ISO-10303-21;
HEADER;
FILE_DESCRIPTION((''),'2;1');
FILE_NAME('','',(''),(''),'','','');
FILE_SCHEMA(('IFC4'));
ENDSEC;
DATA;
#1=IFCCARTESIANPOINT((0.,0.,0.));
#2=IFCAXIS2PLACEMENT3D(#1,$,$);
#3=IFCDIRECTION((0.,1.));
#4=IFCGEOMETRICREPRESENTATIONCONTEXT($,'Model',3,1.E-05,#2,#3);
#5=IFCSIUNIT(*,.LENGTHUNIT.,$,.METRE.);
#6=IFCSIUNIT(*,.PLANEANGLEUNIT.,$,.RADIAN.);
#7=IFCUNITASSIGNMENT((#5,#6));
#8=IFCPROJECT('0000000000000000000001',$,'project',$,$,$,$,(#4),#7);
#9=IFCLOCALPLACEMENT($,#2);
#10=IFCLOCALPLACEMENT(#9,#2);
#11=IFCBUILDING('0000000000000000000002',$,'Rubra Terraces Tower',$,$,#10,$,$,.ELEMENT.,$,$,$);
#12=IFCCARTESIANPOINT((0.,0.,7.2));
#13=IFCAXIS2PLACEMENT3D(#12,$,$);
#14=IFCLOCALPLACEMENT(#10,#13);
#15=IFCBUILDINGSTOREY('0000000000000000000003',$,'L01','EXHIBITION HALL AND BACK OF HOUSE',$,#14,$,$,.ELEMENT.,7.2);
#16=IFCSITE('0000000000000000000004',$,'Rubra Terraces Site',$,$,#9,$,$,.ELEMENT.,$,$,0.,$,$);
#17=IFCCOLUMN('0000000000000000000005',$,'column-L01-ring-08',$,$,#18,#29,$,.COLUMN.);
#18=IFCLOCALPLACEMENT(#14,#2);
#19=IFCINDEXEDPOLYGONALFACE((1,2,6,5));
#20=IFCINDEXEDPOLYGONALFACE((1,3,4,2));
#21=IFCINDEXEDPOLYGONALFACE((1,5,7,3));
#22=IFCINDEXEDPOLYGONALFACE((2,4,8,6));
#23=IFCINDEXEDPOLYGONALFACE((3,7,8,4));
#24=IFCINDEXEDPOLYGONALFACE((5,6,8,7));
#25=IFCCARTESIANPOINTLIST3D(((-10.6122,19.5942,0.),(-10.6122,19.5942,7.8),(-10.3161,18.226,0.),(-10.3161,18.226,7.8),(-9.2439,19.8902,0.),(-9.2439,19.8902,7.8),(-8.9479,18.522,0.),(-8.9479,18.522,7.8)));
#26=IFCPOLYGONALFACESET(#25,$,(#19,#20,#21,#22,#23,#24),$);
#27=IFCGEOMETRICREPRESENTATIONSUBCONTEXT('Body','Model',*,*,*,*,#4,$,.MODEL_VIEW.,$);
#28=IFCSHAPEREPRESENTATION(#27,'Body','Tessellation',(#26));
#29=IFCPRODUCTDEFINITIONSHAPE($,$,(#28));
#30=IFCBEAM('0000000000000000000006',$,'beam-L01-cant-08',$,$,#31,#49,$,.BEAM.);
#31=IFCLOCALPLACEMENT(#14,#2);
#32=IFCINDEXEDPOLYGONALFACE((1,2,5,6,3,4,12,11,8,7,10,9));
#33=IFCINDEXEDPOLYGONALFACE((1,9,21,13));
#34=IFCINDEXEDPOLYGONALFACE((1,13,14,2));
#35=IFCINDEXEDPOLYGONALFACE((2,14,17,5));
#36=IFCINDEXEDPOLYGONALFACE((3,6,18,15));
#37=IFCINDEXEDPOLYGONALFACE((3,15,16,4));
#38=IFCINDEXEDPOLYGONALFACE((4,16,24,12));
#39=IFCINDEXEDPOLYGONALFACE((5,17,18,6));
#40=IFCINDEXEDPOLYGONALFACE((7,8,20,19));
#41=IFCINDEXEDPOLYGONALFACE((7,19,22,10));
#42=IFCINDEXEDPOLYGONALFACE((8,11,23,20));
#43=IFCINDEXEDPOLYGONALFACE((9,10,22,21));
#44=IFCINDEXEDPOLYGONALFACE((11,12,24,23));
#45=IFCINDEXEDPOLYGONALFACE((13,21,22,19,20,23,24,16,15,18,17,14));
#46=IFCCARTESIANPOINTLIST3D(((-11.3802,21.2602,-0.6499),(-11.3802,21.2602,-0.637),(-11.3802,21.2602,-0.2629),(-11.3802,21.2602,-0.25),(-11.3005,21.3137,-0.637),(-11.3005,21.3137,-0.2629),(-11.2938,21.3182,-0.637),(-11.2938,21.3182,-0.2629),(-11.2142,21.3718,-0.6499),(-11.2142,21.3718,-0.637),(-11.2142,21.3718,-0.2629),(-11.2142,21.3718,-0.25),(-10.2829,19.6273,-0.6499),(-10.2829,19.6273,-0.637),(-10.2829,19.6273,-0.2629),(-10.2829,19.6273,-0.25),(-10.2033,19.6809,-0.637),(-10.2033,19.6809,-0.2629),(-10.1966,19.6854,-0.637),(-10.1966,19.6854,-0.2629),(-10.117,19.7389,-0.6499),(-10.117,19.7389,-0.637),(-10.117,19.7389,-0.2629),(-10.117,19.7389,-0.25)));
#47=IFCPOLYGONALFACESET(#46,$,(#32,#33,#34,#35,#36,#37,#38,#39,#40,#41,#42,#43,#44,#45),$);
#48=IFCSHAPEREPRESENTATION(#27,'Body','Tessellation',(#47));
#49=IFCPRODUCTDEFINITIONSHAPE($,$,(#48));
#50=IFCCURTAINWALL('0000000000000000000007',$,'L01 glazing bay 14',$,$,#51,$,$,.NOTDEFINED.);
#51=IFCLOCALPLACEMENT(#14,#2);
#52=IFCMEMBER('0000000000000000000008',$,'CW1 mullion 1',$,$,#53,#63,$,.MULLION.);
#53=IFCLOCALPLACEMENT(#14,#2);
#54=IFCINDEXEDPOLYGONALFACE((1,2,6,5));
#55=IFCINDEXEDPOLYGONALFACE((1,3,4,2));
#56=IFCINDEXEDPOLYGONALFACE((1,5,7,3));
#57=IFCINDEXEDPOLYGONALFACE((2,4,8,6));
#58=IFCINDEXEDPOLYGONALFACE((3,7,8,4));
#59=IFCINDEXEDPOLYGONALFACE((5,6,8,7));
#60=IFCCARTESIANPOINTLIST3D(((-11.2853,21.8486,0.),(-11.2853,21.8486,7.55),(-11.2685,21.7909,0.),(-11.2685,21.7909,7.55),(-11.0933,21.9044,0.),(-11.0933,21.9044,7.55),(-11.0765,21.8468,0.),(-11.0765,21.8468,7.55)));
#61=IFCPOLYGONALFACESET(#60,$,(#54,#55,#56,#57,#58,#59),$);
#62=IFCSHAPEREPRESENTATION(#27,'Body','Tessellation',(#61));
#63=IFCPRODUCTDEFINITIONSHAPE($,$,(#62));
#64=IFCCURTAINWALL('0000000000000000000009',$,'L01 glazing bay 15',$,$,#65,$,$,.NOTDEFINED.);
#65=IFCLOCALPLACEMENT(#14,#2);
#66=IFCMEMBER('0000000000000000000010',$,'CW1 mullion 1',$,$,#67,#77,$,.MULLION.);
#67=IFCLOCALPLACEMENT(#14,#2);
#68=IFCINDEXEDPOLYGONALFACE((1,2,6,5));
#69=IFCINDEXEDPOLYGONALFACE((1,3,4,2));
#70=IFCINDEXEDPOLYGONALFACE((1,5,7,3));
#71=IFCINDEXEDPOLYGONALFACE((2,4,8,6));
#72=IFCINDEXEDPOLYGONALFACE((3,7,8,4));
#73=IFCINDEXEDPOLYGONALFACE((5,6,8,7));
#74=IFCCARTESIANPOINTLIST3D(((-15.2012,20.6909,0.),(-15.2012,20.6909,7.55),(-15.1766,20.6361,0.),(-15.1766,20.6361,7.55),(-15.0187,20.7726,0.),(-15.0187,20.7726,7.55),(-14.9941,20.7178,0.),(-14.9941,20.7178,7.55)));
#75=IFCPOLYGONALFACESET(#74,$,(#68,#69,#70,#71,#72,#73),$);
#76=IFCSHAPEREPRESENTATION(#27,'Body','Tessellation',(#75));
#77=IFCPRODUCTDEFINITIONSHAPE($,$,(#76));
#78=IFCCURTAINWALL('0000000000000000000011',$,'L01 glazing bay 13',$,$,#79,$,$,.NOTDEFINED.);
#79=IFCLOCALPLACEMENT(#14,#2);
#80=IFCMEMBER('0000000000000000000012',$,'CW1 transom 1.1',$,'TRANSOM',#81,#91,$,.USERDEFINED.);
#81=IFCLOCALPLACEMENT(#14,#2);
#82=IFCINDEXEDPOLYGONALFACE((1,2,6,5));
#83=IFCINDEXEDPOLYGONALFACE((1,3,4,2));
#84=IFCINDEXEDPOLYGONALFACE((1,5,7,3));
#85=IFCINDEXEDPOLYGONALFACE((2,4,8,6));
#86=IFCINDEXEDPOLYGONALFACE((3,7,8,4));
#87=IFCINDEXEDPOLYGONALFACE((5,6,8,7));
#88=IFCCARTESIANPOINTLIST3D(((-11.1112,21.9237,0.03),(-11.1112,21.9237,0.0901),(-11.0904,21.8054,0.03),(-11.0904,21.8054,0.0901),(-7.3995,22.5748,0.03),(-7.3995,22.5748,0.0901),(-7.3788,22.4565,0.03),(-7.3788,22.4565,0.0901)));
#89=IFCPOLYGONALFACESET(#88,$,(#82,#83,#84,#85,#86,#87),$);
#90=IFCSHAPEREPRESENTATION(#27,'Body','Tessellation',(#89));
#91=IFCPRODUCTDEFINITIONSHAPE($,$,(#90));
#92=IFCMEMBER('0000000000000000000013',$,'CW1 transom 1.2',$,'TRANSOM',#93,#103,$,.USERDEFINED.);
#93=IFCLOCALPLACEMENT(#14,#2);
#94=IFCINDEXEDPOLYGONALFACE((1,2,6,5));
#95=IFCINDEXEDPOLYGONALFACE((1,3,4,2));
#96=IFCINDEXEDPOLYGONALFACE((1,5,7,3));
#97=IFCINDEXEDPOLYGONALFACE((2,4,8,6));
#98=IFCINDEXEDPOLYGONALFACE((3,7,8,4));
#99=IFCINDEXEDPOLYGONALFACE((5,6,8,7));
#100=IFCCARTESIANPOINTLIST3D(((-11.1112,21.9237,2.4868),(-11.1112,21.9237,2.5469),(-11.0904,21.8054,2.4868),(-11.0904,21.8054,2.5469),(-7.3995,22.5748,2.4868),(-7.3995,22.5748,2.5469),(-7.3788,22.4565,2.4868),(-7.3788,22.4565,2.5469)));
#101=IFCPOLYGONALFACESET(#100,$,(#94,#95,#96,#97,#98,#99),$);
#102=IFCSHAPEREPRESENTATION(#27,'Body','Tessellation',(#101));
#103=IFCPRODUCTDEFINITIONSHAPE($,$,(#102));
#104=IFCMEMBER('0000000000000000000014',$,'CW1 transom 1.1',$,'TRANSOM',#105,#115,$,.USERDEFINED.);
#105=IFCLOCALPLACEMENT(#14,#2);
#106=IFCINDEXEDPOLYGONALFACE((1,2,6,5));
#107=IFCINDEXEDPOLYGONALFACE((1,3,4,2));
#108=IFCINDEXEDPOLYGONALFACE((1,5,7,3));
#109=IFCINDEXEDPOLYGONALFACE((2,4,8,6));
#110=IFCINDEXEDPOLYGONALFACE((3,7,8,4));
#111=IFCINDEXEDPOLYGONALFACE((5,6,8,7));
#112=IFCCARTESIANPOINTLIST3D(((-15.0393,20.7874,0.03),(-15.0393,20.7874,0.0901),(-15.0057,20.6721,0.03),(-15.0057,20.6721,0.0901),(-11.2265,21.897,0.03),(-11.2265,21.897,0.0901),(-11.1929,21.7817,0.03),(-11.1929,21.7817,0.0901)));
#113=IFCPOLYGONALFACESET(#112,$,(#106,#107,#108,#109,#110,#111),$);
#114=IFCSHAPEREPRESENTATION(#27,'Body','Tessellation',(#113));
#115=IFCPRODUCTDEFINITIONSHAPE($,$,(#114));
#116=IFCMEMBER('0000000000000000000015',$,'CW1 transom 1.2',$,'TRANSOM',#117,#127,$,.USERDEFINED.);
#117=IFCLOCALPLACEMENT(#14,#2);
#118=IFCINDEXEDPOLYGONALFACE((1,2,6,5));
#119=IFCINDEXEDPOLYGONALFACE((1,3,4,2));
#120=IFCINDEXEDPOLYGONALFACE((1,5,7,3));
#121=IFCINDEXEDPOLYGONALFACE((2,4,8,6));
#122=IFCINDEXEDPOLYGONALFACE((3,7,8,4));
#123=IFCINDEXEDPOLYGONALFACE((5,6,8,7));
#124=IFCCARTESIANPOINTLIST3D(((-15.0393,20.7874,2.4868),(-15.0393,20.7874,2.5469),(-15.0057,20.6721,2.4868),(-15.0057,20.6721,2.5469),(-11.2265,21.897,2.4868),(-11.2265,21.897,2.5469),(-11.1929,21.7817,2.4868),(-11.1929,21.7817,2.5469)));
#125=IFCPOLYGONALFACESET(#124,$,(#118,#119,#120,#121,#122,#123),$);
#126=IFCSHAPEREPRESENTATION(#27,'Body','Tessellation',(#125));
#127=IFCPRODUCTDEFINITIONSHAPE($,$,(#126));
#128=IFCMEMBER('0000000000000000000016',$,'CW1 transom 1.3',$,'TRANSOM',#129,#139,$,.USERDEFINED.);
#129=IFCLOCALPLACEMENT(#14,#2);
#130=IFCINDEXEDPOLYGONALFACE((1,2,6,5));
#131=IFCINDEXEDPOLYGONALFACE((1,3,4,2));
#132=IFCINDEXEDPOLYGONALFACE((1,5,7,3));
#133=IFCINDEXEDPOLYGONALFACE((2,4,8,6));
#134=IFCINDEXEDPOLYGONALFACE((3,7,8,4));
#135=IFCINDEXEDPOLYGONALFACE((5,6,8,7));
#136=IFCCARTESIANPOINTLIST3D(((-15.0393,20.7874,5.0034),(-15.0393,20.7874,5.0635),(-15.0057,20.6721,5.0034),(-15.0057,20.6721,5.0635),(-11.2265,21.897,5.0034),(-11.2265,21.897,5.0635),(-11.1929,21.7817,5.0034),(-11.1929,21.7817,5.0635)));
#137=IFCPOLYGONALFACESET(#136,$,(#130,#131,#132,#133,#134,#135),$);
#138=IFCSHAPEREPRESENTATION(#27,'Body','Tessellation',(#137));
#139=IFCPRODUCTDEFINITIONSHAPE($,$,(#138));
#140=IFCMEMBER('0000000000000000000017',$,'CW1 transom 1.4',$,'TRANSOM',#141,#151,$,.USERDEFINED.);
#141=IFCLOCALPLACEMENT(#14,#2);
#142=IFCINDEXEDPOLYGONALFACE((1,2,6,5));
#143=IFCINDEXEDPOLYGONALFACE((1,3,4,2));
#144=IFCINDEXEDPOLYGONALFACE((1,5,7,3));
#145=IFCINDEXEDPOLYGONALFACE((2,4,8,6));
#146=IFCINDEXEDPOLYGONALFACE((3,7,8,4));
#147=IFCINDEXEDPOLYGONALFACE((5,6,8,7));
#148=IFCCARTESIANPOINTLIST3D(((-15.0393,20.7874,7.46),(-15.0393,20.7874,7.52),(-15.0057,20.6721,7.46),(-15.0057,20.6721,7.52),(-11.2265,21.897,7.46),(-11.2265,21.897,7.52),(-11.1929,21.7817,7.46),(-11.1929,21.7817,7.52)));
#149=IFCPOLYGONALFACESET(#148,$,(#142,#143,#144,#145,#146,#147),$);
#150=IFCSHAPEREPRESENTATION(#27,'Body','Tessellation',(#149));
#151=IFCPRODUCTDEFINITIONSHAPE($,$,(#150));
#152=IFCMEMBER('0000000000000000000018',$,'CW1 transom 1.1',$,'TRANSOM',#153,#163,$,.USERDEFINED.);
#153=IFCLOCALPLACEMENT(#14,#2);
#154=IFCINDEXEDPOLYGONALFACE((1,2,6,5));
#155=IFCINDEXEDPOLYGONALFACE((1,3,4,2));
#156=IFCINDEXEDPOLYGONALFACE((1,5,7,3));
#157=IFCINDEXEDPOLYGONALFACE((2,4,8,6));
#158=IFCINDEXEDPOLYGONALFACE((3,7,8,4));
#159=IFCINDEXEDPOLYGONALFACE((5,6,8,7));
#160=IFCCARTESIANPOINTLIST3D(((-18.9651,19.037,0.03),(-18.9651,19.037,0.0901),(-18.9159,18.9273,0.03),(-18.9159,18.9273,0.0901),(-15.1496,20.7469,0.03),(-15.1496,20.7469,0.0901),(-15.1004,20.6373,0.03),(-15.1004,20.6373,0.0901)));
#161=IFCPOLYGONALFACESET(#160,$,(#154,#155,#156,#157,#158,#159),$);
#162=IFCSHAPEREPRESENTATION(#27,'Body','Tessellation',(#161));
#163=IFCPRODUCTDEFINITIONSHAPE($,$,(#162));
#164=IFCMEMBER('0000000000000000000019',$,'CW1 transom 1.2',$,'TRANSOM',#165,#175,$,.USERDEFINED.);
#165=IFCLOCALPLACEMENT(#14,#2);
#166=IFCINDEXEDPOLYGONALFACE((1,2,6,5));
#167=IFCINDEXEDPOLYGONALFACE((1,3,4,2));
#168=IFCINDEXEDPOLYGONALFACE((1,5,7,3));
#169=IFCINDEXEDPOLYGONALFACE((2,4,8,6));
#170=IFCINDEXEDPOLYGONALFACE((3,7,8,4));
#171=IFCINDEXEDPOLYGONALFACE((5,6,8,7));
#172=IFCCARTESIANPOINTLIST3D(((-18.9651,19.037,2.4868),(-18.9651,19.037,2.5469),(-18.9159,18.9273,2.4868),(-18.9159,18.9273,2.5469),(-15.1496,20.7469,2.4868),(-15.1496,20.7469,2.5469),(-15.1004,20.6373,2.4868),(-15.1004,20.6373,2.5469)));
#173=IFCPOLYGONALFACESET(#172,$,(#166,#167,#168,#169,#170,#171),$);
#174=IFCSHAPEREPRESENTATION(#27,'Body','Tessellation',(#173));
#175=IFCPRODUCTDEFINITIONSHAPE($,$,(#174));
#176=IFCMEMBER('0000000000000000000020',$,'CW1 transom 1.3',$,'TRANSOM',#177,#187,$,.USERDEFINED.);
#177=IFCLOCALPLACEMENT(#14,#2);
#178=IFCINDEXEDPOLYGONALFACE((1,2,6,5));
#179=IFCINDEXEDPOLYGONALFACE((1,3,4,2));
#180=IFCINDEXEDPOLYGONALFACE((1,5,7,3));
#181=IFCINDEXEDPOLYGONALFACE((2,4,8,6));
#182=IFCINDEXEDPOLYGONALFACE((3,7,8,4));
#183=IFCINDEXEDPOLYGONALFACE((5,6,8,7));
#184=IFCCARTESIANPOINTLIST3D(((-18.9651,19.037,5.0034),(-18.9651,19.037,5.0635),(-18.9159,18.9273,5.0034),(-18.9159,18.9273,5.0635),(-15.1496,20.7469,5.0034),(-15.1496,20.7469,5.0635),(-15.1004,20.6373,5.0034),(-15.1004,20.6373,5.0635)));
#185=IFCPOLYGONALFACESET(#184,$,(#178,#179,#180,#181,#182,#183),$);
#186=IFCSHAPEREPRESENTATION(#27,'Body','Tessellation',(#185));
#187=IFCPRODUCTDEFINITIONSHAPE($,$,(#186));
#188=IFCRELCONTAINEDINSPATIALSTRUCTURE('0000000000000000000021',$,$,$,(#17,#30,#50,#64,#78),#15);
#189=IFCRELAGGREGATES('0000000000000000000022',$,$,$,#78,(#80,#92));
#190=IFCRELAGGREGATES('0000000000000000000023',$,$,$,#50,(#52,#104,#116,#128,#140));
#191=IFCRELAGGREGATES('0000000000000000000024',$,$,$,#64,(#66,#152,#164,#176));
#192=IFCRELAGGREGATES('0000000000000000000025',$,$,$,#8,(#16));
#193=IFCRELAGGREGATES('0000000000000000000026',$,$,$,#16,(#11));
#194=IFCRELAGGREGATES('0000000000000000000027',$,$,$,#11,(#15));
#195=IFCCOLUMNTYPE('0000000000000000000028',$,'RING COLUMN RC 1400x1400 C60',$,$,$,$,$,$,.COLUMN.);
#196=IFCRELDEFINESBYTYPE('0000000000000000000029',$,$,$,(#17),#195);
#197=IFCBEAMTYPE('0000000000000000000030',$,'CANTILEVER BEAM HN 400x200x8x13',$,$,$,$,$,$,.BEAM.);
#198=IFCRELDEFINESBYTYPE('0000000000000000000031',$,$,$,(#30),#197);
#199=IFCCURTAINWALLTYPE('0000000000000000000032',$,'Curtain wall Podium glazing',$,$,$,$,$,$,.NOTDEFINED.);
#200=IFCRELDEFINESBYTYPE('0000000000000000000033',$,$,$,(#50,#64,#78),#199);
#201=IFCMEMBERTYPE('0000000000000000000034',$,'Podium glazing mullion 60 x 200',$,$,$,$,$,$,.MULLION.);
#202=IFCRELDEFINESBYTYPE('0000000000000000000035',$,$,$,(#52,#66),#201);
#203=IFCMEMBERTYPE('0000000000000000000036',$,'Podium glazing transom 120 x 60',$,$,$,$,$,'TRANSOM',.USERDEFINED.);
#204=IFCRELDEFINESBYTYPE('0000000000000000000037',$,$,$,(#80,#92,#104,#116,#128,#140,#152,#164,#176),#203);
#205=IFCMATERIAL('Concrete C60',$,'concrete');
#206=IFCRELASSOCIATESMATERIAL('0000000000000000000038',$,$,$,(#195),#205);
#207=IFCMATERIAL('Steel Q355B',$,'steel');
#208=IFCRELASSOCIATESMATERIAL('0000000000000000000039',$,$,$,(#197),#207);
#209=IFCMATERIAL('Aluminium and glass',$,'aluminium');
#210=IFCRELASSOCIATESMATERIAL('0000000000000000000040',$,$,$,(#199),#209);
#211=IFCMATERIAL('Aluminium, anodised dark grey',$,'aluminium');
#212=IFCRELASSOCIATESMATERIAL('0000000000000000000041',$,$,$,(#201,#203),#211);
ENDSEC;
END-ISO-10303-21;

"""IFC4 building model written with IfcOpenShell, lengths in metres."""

from ifc_helpers import new_model, si_unit, direction, frame, origin, origin_2d, place, context, subcontext, project, spatial, rectangle, i_section, extrude, material, material_profile, profile_set, type_object, element, aggregate, save


model = new_model("IFC4")

# Units and contexts
model_context = context("Model", 3, precision=1e-05, world=origin(), true_north=direction((0.0, 1.0)))
body_context = subcontext(model_context, "Body", "Model", "MODEL_VIEW")
ifc_project = project(units=[si_unit("LENGTHUNIT", "METRE"), si_unit("PLANEANGLEUNIT", "RADIAN")], contexts=[model_context])

# Site, building, storey
site_placement = place(None, origin())
site = spatial("IfcSite", under=ifc_project, at=site_placement, Name="Rubra Terraces Site", CompositionType="ELEMENT", RefElevation=0.0)
building_placement = place(site_placement, origin())
building = spatial("IfcBuilding", under=site, at=building_placement, Name="Rubra Terraces Tower", CompositionType="ELEMENT")
storey_placement = place(building_placement, frame((0.0, 0.0, 7.2)))
storey = spatial("IfcBuildingStorey", under=building, at=storey_placement, Name="L01", Description="EXHIBITION HALL AND BACK OF HOUSE", CompositionType="ELEMENT", Elevation=7.2)

# Column
ifc_material_1 = material(Name="Concrete C60", Category="concrete")
ifc_material_profile_1 = material_profile(ifc_material_1, rectangle(XDim=1.3999, YDim=1.3999, at=origin_2d()), Name="RC 1400x1400")
ifc_profile_set_1 = profile_set([ifc_material_profile_1], Name="Concrete C60")
column_type = type_object("IfcColumnType", Name="RING COLUMN RC 1400x1400 C60", PredefinedType="COLUMN", material=ifc_profile_set_1)
column_placement = place(storey_placement, frame((-9.78, 19.0581, 0.0), z_axis=(0.0, 0.0, 1.0), x_axis=(-0.977386, -0.211462, 0.0)))
element("IfcColumn", 1, at=column_placement, inside=storey, type_object=column_type, Name="column-L01-ring-08", PredefinedType="COLUMN", context=body_context, shape_type="SweptSolid", body=[
    extrude(rectangle(XDim=1.3999, YDim=1.3999, at=origin_2d()), origin(), (0.0, 0.0, 1.0), 7.8),
])

# Beam
ifc_material_2 = material(Name="Steel Q355B", Category="steel")
ifc_material_profile_2 = material_profile(ifc_material_2, i_section(OverallWidth=0.2, OverallDepth=0.3999, WebThickness=0.0081, FlangeThickness=0.0129, at=origin_2d()), Name="HN 400x200x8x13")
ifc_profile_set_2 = profile_set([ifc_material_profile_2], Name="Steel Q355B")
beam_type = type_object("IfcBeamType", Name="CANTILEVER BEAM HN 400x200x8x13", PredefinedType="BEAM", material=ifc_profile_set_2)
beam_placement = place(storey_placement, frame((-10.2, 19.6831, -0.45), z_axis=(-0.557732, 0.830021, 0.0), x_axis=(-0.830021, -0.557732, 0.0)))
element("IfcBeam", 2, at=beam_placement, inside=storey, type_object=beam_type, Name="beam-L01-cant-08", PredefinedType="BEAM", context=body_context, shape_type="SweptSolid", body=[
    extrude(i_section(OverallWidth=0.2, OverallDepth=0.3999, WebThickness=0.0081, FlangeThickness=0.0129, at=origin_2d()), origin(), (0.0, 0.0, 1.0), 1.9673),
])

# Curtain walls, members
ifc_material_3 = material(Name="Aluminium and glass", Category="aluminium")
curtain_wall_type = type_object("IfcCurtainWallType", Name="Curtain wall Podium glazing", PredefinedType="NOTDEFINED", material=ifc_material_3)
curtain_wall_1_placement = place(storey_placement, origin())
curtain_wall_1 = element("IfcCurtainWall", 3, at=curtain_wall_1_placement, inside=storey, type_object=curtain_wall_type, Name="L01 glazing bay 14", PredefinedType="NOTDEFINED")
ifc_material_4 = material(Name="Aluminium, anodised dark grey", Category="aluminium")
ifc_material_profile_3 = material_profile(ifc_material_4, rectangle(XDim=0.0601, YDim=0.2, at=origin_2d()), Name="AL 60x200")
ifc_profile_set_3 = profile_set([ifc_material_profile_3], Name="Aluminium, anodised dark grey")
member_type_1 = type_object("IfcMemberType", Name="Podium glazing mullion 60 x 200", PredefinedType="MULLION", material=ifc_profile_set_3)
member_1_placement = place(storey_placement, frame((-11.1809, 21.8477, 0.0), z_axis=(0.0, 0.0, 1.0), x_axis=(0.279399, -0.960175, 0.0)))
member_1 = element("IfcMember", 4, at=member_1_placement, type_object=member_type_1, Name="CW1 mullion 1", PredefinedType="MULLION", context=body_context, shape_type="SweptSolid", body=[
    extrude(rectangle(XDim=0.0601, YDim=0.2, at=origin_2d()), origin(), (0.0, 0.0, 1.0), 7.55),
])
curtain_wall_2_placement = place(storey_placement, origin())
curtain_wall_2 = element("IfcCurtainWall", 5, at=curtain_wall_2_placement, inside=storey, type_object=curtain_wall_type, Name="L01 glazing bay 15", PredefinedType="NOTDEFINED")
member_2_placement = place(storey_placement, frame((-15.0977, 20.7043, 0.0), z_axis=(0.0, 0.0, 1.0), x_axis=(0.408962, -0.912551, 0.0)))
member_2 = element("IfcMember", 6, at=member_2_placement, type_object=member_type_1, Name="CW1 mullion 1", PredefinedType="MULLION", context=body_context, shape_type="SweptSolid", body=[
    extrude(rectangle(XDim=0.0601, YDim=0.2, at=origin_2d()), origin(), (0.0, 0.0, 1.0), 7.55),
])

# Curtain wall, members
curtain_wall_3_placement = place(storey_placement, origin())
curtain_wall_3 = element("IfcCurtainWall", 7, at=curtain_wall_3_placement, inside=storey, type_object=curtain_wall_type, Name="L01 glazing bay 13", PredefinedType="NOTDEFINED")
ifc_material_profile_4 = material_profile(ifc_material_4, rectangle(XDim=0.1201, YDim=0.0601, at=origin_2d()), Name="AL 120x60")
ifc_profile_set_4 = profile_set([ifc_material_profile_4], Name="Aluminium, anodised dark grey")
member_type_2 = type_object("IfcMemberType", Name="Podium glazing transom 120 x 60", ElementType="TRANSOM", PredefinedType="USERDEFINED", material=ifc_profile_set_4)
member_3_placement = place(storey_placement, frame((-7.3892, 22.5156, 0.0601), z_axis=(-0.984959, -0.172787, 0.0), x_axis=(0.172787, -0.984959, 0.0)))
member_3 = element("IfcMember", 8, at=member_3_placement, type_object=member_type_2, Name="CW1 transom 1.1", ObjectType="TRANSOM", PredefinedType="USERDEFINED", context=body_context, shape_type="SweptSolid", body=[
    extrude(rectangle(XDim=0.1201, YDim=0.0601, at=origin_2d()), origin(), (0.0, 0.0, 1.0), 3.7683),
])
member_4_placement = place(storey_placement, frame((-7.3892, 22.5156, 2.5168), z_axis=(-0.984959, -0.172787, 0.0), x_axis=(0.172787, -0.984959, 0.0)))
member_4 = element("IfcMember", 9, at=member_4_placement, type_object=member_type_2, Name="CW1 transom 1.2", ObjectType="TRANSOM", PredefinedType="USERDEFINED", context=body_context, shape_type="SweptSolid", body=[
    extrude(rectangle(XDim=0.1201, YDim=0.0601, at=origin_2d()), origin(), (0.0, 0.0, 1.0), 3.7683),
])

# Members
member_5_placement = place(storey_placement, frame((-11.2097, 21.8394, 0.0601), z_axis=(-0.960164, -0.279436, 0.0), x_axis=(0.279436, -0.960164, 0.0)))
member_5 = element("IfcMember", 10, at=member_5_placement, type_object=member_type_2, Name="CW1 transom 1.1", ObjectType="TRANSOM", PredefinedType="USERDEFINED", context=body_context, shape_type="SweptSolid", body=[
    extrude(rectangle(XDim=0.1201, YDim=0.0601, at=origin_2d()), origin(), (0.0, 0.0, 1.0), 3.9709),
])
member_6_placement = place(storey_placement, frame((-11.2097, 21.8394, 2.5168), z_axis=(-0.960164, -0.279436, 0.0), x_axis=(0.279436, -0.960164, 0.0)))
member_6 = element("IfcMember", 11, at=member_6_placement, type_object=member_type_2, Name="CW1 transom 1.2", ObjectType="TRANSOM", PredefinedType="USERDEFINED", context=body_context, shape_type="SweptSolid", body=[
    extrude(rectangle(XDim=0.1201, YDim=0.0601, at=origin_2d()), origin(), (0.0, 0.0, 1.0), 3.9709),
])
member_7_placement = place(storey_placement, frame((-11.2097, 21.8394, 5.0334), z_axis=(-0.960164, -0.279436, 0.0), x_axis=(0.279436, -0.960164, 0.0)))
member_7 = element("IfcMember", 12, at=member_7_placement, type_object=member_type_2, Name="CW1 transom 1.3", ObjectType="TRANSOM", PredefinedType="USERDEFINED", context=body_context, shape_type="SweptSolid", body=[
    extrude(rectangle(XDim=0.1201, YDim=0.0601, at=origin_2d()), origin(), (0.0, 0.0, 1.0), 3.9709),
])
member_8_placement = place(storey_placement, frame((-11.2097, 21.8394, 7.49), z_axis=(-0.960164, -0.279436, 0.0), x_axis=(0.279436, -0.960164, 0.0)))
member_8 = element("IfcMember", 13, at=member_8_placement, type_object=member_type_2, Name="CW1 transom 1.4", ObjectType="TRANSOM", PredefinedType="USERDEFINED", context=body_context, shape_type="SweptSolid", body=[
    extrude(rectangle(XDim=0.1201, YDim=0.0601, at=origin_2d()), origin(), (0.0, 0.0, 1.0), 3.9709),
])
member_9_placement = place(storey_placement, frame((-15.125, 20.6921, 0.0601), z_axis=(-0.912545, -0.408975, 0.0), x_axis=(0.408975, -0.912545, 0.0)))
member_9 = element("IfcMember", 14, at=member_9_placement, type_object=member_type_2, Name="CW1 transom 1.1", ObjectType="TRANSOM", PredefinedType="USERDEFINED", context=body_context, shape_type="SweptSolid", body=[
    extrude(rectangle(XDim=0.1201, YDim=0.0601, at=origin_2d()), origin(), (0.0, 0.0, 1.0), 4.1812),
])
member_10_placement = place(storey_placement, frame((-15.125, 20.6921, 2.5168), z_axis=(-0.912545, -0.408975, 0.0), x_axis=(0.408975, -0.912545, 0.0)))
member_10 = element("IfcMember", 15, at=member_10_placement, type_object=member_type_2, Name="CW1 transom 1.2", ObjectType="TRANSOM", PredefinedType="USERDEFINED", context=body_context, shape_type="SweptSolid", body=[
    extrude(rectangle(XDim=0.1201, YDim=0.0601, at=origin_2d()), origin(), (0.0, 0.0, 1.0), 4.1812),
])
member_11_placement = place(storey_placement, frame((-15.125, 20.6921, 5.0334), z_axis=(-0.912545, -0.408975, 0.0), x_axis=(0.408975, -0.912545, 0.0)))
member_11 = element("IfcMember", 16, at=member_11_placement, type_object=member_type_2, Name="CW1 transom 1.3", ObjectType="TRANSOM", PredefinedType="USERDEFINED", context=body_context, shape_type="SweptSolid", body=[
    extrude(rectangle(XDim=0.1201, YDim=0.0601, at=origin_2d()), origin(), (0.0, 0.0, 1.0), 4.1812),
])

aggregate(curtain_wall_3, [member_3, member_4])
aggregate(curtain_wall_1, [member_1, member_5, member_6, member_7, member_8])
aggregate(curtain_wall_2, [member_2, member_9, member_10, member_11])

save(model, "model.ifc")
